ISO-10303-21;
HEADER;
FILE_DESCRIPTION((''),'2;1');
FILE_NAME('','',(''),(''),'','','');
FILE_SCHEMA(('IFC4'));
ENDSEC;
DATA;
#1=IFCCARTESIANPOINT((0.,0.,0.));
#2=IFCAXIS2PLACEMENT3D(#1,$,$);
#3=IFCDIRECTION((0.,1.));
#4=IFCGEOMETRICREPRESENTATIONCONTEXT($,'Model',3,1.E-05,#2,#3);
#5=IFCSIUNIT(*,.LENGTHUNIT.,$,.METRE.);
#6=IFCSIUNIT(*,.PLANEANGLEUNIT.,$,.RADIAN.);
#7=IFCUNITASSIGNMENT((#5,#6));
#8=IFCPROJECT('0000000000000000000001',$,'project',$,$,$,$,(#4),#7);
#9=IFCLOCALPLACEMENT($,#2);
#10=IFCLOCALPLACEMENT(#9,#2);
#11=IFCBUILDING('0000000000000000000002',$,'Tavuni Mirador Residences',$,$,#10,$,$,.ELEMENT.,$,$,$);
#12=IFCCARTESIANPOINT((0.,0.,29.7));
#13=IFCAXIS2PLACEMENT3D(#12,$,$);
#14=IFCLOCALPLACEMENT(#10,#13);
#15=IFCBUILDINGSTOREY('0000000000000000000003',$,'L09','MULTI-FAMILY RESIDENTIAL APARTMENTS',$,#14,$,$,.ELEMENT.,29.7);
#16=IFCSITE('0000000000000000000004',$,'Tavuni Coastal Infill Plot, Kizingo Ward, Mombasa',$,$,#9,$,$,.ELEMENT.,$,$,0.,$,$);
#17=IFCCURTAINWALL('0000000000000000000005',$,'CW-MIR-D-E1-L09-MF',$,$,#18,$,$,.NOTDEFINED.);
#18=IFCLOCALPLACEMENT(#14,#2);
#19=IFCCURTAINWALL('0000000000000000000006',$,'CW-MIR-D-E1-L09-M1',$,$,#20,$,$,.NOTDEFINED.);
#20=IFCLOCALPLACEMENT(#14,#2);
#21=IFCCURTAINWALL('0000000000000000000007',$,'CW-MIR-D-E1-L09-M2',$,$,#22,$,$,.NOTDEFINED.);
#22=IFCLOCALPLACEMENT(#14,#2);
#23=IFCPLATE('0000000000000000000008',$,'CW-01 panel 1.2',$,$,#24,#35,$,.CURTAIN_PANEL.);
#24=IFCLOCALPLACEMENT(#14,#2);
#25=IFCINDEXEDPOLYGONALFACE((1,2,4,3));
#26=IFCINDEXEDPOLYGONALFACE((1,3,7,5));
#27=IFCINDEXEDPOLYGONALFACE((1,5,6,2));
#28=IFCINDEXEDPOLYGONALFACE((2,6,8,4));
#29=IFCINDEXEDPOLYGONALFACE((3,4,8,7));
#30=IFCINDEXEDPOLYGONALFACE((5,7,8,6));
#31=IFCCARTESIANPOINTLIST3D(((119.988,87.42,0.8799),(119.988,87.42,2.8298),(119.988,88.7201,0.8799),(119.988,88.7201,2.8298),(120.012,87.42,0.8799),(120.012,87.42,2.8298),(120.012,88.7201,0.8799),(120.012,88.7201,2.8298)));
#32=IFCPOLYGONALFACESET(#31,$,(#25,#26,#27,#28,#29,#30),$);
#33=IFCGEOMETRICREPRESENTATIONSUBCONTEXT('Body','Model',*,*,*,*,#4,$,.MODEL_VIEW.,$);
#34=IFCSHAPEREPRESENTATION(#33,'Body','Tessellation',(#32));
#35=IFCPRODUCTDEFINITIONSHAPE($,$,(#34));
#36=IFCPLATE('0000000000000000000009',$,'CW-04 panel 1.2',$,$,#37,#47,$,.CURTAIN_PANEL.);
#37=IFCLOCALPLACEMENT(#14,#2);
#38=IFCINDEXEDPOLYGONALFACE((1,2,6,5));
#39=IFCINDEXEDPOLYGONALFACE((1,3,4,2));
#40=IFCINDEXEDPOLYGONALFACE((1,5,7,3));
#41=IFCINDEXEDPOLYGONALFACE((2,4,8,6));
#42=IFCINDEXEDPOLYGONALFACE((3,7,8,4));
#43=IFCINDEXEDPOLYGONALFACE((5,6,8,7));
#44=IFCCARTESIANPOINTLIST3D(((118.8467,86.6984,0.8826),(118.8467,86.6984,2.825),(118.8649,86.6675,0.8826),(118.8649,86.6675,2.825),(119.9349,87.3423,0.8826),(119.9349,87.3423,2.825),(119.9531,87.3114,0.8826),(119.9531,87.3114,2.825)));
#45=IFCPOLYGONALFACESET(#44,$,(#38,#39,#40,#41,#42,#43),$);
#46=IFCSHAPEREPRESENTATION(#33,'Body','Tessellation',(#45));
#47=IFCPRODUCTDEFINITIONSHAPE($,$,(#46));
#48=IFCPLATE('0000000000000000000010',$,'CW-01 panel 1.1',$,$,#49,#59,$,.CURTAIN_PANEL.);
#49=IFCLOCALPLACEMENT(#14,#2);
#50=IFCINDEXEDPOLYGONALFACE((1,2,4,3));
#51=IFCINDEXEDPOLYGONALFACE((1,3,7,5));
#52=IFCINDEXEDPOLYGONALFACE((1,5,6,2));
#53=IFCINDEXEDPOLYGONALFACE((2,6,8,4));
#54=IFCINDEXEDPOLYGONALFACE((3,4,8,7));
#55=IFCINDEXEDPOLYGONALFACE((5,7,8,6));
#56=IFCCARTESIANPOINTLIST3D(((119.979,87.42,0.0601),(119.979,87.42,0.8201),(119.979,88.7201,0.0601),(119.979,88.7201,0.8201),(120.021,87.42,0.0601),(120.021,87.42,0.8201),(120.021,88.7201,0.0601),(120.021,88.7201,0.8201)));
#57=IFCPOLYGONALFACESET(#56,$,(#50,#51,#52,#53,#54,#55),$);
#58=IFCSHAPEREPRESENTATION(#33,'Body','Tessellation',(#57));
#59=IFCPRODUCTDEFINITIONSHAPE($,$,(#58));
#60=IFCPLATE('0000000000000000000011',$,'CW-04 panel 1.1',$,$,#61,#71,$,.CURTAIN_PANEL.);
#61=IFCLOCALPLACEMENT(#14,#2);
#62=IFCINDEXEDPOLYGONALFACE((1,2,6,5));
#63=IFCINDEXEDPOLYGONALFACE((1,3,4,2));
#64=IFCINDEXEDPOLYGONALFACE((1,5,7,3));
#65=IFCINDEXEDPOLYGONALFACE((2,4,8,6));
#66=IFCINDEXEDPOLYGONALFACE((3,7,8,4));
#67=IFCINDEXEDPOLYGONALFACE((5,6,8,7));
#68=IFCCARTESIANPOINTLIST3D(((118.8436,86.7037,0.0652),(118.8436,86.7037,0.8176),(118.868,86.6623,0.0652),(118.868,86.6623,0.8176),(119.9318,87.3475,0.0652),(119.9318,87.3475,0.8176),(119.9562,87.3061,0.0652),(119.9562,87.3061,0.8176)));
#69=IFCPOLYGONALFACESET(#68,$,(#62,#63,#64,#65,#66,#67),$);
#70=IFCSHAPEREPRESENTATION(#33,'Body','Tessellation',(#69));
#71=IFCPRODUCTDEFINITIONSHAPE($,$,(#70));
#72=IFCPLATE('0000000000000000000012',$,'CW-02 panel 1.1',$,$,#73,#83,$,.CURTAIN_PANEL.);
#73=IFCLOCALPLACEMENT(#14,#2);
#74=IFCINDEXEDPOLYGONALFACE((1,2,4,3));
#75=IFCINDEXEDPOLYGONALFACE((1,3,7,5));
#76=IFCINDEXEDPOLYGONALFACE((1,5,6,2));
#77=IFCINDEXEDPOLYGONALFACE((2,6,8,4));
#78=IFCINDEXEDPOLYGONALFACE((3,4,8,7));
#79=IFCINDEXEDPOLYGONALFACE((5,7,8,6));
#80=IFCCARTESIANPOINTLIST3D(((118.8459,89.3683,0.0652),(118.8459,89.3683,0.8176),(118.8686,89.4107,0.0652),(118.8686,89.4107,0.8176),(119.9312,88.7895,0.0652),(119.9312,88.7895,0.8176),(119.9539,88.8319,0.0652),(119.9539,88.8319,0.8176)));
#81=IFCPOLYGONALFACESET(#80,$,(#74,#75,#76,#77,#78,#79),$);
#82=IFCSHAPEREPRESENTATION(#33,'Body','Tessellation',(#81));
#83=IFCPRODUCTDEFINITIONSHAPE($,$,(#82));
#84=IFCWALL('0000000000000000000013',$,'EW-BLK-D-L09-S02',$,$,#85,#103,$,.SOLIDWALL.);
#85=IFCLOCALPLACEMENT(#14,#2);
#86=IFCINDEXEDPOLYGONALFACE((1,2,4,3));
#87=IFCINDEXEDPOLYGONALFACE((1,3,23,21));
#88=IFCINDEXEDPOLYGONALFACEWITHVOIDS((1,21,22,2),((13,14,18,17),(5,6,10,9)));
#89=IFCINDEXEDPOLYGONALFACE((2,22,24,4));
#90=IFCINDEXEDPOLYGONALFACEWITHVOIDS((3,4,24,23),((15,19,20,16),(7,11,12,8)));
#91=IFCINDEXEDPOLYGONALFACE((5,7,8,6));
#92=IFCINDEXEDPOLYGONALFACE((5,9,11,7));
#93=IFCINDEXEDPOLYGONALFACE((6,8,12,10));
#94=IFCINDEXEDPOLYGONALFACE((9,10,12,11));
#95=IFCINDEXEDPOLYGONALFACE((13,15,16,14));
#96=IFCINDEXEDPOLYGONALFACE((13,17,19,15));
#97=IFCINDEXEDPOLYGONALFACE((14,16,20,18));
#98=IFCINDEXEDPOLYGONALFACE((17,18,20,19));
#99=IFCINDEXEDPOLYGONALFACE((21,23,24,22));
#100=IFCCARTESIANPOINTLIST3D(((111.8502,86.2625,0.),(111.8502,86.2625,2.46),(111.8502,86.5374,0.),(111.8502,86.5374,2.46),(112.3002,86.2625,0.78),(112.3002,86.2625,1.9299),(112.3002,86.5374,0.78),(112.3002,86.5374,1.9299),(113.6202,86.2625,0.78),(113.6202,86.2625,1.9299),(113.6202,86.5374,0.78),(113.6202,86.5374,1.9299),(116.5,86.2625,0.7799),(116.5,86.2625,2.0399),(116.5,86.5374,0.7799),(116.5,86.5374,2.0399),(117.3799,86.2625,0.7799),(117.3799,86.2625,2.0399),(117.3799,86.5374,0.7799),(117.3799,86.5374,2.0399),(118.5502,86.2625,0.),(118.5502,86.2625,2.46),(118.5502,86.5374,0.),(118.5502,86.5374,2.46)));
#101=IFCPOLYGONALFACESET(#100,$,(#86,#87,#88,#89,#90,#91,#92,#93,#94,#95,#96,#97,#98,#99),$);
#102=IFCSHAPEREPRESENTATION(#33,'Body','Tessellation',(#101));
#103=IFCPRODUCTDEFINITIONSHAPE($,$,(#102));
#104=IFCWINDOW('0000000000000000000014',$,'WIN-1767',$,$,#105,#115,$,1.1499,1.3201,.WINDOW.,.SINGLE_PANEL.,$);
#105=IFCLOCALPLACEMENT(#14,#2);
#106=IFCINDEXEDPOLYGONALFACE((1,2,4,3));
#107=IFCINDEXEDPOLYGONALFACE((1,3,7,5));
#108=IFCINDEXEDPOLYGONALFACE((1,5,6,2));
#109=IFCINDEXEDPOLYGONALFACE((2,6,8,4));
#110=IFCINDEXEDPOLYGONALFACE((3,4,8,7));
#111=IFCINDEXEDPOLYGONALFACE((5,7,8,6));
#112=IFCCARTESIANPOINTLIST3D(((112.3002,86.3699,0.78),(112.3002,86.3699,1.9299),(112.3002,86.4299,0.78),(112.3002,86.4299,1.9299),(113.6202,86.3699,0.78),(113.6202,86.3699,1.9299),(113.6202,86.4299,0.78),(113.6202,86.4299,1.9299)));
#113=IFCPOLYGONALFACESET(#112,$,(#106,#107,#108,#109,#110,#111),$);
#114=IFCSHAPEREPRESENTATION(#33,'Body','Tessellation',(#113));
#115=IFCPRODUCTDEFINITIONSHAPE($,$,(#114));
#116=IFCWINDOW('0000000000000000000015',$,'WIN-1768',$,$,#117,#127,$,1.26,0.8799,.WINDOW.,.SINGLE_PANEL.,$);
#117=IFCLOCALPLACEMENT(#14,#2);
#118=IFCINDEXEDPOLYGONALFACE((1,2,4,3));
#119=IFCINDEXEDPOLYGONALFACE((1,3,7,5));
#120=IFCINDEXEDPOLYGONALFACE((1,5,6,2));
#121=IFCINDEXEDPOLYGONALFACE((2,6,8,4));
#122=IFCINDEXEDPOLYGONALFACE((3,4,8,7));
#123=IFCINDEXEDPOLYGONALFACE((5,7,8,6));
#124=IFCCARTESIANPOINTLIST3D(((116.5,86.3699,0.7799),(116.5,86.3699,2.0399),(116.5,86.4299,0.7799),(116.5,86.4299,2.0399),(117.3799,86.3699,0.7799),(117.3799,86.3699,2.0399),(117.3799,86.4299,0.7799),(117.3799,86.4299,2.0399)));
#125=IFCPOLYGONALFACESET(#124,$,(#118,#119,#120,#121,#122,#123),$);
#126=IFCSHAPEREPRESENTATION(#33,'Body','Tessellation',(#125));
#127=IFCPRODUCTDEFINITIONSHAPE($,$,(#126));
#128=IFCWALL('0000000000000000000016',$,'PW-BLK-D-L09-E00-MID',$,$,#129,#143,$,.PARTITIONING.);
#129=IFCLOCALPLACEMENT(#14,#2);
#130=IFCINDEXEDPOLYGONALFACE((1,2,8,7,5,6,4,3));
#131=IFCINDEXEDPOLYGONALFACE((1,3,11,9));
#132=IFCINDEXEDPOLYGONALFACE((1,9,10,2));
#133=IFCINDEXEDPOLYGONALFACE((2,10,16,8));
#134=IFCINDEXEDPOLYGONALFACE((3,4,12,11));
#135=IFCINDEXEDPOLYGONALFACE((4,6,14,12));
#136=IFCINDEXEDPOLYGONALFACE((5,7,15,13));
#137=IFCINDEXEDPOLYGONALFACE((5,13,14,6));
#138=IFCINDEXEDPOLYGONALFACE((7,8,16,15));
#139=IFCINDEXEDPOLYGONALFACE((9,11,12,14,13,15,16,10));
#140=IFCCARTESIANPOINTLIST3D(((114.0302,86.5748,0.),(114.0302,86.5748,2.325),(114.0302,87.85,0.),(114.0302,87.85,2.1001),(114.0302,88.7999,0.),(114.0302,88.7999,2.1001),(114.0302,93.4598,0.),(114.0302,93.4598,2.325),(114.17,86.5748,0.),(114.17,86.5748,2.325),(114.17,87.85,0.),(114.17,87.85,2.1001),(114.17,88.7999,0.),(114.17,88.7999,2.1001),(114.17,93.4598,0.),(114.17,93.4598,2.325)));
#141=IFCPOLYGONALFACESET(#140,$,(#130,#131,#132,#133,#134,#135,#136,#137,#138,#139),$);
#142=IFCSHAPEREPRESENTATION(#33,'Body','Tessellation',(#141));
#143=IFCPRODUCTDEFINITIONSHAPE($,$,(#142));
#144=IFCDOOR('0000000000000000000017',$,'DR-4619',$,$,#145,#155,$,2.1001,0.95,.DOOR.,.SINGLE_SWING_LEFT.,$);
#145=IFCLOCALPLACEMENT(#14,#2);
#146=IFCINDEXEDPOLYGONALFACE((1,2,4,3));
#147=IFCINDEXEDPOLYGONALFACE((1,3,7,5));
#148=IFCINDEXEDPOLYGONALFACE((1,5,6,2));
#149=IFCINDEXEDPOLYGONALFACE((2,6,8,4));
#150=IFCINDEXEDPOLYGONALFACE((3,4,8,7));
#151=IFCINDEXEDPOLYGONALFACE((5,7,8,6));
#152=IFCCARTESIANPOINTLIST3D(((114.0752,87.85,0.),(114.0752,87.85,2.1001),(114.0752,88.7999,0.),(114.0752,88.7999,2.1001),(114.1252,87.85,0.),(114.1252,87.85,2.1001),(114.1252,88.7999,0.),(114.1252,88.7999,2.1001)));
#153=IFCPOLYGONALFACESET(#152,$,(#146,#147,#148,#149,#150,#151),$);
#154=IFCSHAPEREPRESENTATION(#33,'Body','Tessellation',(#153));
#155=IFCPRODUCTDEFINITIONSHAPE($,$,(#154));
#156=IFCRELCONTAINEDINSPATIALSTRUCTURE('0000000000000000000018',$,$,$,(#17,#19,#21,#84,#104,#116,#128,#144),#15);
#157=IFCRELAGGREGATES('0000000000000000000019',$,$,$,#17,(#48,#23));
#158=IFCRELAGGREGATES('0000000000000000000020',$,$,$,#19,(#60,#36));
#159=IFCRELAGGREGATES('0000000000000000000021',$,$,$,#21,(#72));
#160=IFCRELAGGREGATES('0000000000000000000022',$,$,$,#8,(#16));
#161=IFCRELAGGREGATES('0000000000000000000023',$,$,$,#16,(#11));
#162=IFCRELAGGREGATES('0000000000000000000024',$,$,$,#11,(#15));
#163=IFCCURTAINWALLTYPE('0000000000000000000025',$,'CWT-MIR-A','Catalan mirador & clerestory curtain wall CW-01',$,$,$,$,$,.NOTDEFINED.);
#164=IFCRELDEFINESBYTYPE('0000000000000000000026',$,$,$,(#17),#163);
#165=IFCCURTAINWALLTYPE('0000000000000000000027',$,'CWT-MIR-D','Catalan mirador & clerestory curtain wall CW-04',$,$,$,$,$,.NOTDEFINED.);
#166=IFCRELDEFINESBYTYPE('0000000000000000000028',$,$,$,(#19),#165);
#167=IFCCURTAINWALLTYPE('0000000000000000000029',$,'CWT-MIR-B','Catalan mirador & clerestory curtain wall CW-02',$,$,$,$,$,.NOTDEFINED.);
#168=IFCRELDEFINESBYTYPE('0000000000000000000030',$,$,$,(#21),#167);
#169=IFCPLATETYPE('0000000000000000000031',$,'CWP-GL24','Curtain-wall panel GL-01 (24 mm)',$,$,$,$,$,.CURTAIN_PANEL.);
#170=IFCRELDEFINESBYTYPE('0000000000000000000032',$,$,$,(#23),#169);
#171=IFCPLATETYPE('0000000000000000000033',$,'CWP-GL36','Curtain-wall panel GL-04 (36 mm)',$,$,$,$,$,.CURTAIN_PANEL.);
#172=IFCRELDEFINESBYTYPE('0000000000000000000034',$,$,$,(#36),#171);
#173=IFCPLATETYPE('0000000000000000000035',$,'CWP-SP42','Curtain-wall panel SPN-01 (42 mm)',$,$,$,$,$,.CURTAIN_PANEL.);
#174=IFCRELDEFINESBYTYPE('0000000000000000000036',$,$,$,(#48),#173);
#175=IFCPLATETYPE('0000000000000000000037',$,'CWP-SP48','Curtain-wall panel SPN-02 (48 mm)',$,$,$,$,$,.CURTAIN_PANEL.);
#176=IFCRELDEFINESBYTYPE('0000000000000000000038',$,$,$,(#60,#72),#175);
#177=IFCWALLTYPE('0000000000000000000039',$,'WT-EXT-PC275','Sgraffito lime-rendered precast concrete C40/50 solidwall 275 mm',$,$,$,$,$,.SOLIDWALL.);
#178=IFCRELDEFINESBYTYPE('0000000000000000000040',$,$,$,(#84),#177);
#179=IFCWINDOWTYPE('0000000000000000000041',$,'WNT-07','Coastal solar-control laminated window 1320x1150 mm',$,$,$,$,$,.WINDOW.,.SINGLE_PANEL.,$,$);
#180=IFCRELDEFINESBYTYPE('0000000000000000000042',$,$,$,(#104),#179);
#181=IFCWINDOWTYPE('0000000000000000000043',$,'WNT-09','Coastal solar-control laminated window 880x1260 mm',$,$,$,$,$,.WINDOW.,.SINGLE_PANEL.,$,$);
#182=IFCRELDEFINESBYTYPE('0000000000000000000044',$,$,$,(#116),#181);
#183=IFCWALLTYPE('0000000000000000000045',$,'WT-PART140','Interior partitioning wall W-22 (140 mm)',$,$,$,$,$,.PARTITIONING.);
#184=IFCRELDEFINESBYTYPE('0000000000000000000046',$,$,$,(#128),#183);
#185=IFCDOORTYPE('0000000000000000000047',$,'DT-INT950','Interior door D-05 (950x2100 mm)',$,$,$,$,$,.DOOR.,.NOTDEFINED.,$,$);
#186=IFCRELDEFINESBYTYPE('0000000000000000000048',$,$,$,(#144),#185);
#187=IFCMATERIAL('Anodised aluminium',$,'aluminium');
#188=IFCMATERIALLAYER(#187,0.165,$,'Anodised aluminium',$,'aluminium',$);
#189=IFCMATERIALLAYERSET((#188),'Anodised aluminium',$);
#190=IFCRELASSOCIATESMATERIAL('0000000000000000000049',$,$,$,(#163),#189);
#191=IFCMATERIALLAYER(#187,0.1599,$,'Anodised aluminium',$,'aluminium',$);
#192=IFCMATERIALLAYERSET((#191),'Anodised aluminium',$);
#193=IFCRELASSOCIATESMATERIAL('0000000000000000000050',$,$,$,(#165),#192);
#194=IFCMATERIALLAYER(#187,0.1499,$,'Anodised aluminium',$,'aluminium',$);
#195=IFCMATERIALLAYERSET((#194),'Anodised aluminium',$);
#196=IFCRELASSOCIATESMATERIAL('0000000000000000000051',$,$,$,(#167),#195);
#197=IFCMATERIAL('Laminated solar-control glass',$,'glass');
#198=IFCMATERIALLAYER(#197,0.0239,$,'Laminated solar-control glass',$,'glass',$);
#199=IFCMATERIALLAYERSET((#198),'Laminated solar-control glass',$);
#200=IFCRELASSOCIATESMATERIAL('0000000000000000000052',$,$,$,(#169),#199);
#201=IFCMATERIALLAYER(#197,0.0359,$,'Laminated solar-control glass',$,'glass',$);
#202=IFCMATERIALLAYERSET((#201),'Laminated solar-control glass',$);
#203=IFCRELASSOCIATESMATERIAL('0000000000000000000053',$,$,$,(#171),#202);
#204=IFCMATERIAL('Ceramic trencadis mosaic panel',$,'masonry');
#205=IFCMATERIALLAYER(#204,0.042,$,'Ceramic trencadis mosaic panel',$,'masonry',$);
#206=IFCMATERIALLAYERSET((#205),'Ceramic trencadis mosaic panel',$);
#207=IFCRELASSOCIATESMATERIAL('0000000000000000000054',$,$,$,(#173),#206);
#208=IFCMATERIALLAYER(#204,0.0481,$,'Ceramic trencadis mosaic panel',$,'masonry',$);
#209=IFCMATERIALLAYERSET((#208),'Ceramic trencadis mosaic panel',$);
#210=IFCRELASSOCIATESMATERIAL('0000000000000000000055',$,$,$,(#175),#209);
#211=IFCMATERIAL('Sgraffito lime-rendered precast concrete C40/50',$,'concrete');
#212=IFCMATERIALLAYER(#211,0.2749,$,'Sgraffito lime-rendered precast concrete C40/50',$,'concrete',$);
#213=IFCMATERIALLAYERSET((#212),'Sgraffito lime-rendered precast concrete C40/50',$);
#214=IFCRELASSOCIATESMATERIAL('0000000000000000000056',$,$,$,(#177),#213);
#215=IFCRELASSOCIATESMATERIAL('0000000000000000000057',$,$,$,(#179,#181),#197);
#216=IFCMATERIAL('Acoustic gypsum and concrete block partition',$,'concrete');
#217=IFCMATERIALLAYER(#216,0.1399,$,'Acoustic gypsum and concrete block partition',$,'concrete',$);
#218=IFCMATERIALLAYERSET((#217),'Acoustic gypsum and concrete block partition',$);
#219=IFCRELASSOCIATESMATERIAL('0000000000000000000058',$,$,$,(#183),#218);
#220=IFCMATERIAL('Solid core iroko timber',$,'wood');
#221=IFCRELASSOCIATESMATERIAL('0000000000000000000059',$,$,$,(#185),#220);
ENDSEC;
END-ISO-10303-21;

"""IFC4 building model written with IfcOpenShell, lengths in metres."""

from ifc_helpers import new_model, si_unit, direction, frame, frame_2d, origin, origin_2d, place, context, subcontext, project, spatial, rectangle, extrude, material, layer, layer_set, type_object, element, fill, aggregate, save


model = new_model("IFC4")

# Units and contexts
model_context = context("Model", 3, precision=1e-05, world=origin(), true_north=direction((0.0, 1.0)))
body_context = subcontext(model_context, "Body", "Model", "MODEL_VIEW")
ifc_project = project(units=[si_unit("LENGTHUNIT", "METRE"), si_unit("PLANEANGLEUNIT", "RADIAN")], contexts=[model_context])

# Site, building, storey
site_placement = place(None, origin())
site = spatial("IfcSite", under=ifc_project, at=site_placement, Name="Tavuni Coastal Infill Plot, Kizingo Ward, Mombasa", CompositionType="ELEMENT", RefElevation=0.0)
building_placement = place(site_placement, origin())
building = spatial("IfcBuilding", under=site, at=building_placement, Name="Tavuni Mirador Residences", CompositionType="ELEMENT")
storey_placement = place(building_placement, frame((0.0, 0.0, 29.7)))
storey = spatial("IfcBuildingStorey", under=building, at=storey_placement, Name="L09", Description="MULTI-FAMILY RESIDENTIAL APARTMENTS", CompositionType="ELEMENT", Elevation=29.7)

# Curtain walls
ifc_material_1 = material(Name="Anodised aluminium", Category="aluminium")
ifc_layer_1 = layer(ifc_material_1, 0.165, Name="Anodised aluminium", Category="aluminium")
ifc_layer_set_1 = layer_set([ifc_layer_1], Name="Anodised aluminium")
curtain_wall_type_1 = type_object("IfcCurtainWallType", Name="CWT-MIR-A", Description="Catalan mirador & clerestory curtain wall CW-01", PredefinedType="NOTDEFINED", material=ifc_layer_set_1)
curtain_wall_1_placement = place(storey_placement, origin())
curtain_wall_1 = element("IfcCurtainWall", 1, at=curtain_wall_1_placement, inside=storey, type_object=curtain_wall_type_1, Name="CW-MIR-D-E1-L09-MF", PredefinedType="NOTDEFINED")
ifc_layer_2 = layer(ifc_material_1, 0.1599, Name="Anodised aluminium", Category="aluminium")
ifc_layer_set_2 = layer_set([ifc_layer_2], Name="Anodised aluminium")
curtain_wall_type_2 = type_object("IfcCurtainWallType", Name="CWT-MIR-D", Description="Catalan mirador & clerestory curtain wall CW-04", PredefinedType="NOTDEFINED", material=ifc_layer_set_2)
curtain_wall_2_placement = place(storey_placement, origin())
curtain_wall_2 = element("IfcCurtainWall", 2, at=curtain_wall_2_placement, inside=storey, type_object=curtain_wall_type_2, Name="CW-MIR-D-E1-L09-M1", PredefinedType="NOTDEFINED")

# Curtain wall
ifc_layer_3 = layer(ifc_material_1, 0.1499, Name="Anodised aluminium", Category="aluminium")
ifc_layer_set_3 = layer_set([ifc_layer_3], Name="Anodised aluminium")
curtain_wall_type_3 = type_object("IfcCurtainWallType", Name="CWT-MIR-B", Description="Catalan mirador & clerestory curtain wall CW-02", PredefinedType="NOTDEFINED", material=ifc_layer_set_3)
curtain_wall_3_placement = place(storey_placement, origin())
curtain_wall_3 = element("IfcCurtainWall", 3, at=curtain_wall_3_placement, inside=storey, type_object=curtain_wall_type_3, Name="CW-MIR-D-E1-L09-M2", PredefinedType="NOTDEFINED")

# Plates
ifc_material_2 = material(Name="Laminated solar-control glass", Category="glass")
ifc_layer_4 = layer(ifc_material_2, 0.0239, Name="Laminated solar-control glass", Category="glass")
ifc_layer_set_4 = layer_set([ifc_layer_4], Name="Laminated solar-control glass")
plate_type_1 = type_object("IfcPlateType", Name="CWP-GL24", Description="Curtain-wall panel GL-01 (24 mm)", PredefinedType="CURTAIN_PANEL", material=ifc_layer_set_4)
plate_1_placement = place(storey_placement, frame((120.0, 88.0701, 0.8799), z_axis=(0.0, 0.0, 1.0), x_axis=(0.0, 1.0, 0.0)))
plate_1 = element("IfcPlate", 4, at=plate_1_placement, type_object=plate_type_1, Name="CW-01 panel 1.2", PredefinedType="CURTAIN_PANEL", context=body_context, shape_type="SweptSolid", body=[
    extrude(rectangle(XDim=1.3, YDim=0.0239, at=origin_2d()), origin(), (0.0, 0.0, 1.0), 1.95),
])
ifc_layer_5 = layer(ifc_material_2, 0.0359, Name="Laminated solar-control glass", Category="glass")
ifc_layer_set_5 = layer_set([ifc_layer_5], Name="Laminated solar-control glass")
plate_type_2 = type_object("IfcPlateType", Name="CWP-GL36", Description="Curtain-wall panel GL-04 (36 mm)", PredefinedType="CURTAIN_PANEL", material=ifc_layer_set_5)
plate_2_placement = place(storey_placement, frame((119.3999, 87.0049, 0.8826), z_axis=(0.0, 0.0, 1.0), x_axis=(0.860641, 0.509212, 0.0)))
plate_2 = element("IfcPlate", 5, at=plate_2_placement, type_object=plate_type_2, Name="CW-04 panel 1.2", PredefinedType="CURTAIN_PANEL", context=body_context, shape_type="SweptSolid", body=[
    extrude(rectangle(XDim=1.2644, YDim=0.0359, at=origin_2d()), origin(), (0.0, 0.0, 1.0), 1.9424),
])
ifc_material_3 = material(Name="Ceramic trencadis mosaic panel", Category="masonry")
ifc_layer_6 = layer(ifc_material_3, 0.042, Name="Ceramic trencadis mosaic panel", Category="masonry")
ifc_layer_set_6 = layer_set([ifc_layer_6], Name="Ceramic trencadis mosaic panel")
plate_type_3 = type_object("IfcPlateType", Name="CWP-SP42", Description="Curtain-wall panel SPN-01 (42 mm)", PredefinedType="CURTAIN_PANEL", material=ifc_layer_set_6)
plate_3_placement = place(storey_placement, frame((120.0, 88.0701, 0.0601), z_axis=(0.0, 0.0, 1.0), x_axis=(0.0, 1.0, 0.0)))
plate_3 = element("IfcPlate", 6, at=plate_3_placement, type_object=plate_type_3, Name="CW-01 panel 1.1", PredefinedType="CURTAIN_PANEL", context=body_context, shape_type="SweptSolid", body=[
    extrude(rectangle(XDim=1.3, YDim=0.042, at=origin_2d()), origin(), (0.0, 0.0, 1.0), 0.76),
])
aggregate(curtain_wall_1, [plate_3, plate_1])
ifc_layer_7 = layer(ifc_material_3, 0.0481, Name="Ceramic trencadis mosaic panel", Category="masonry")
ifc_layer_set_7 = layer_set([ifc_layer_7], Name="Ceramic trencadis mosaic panel")
plate_type_4 = type_object("IfcPlateType", Name="CWP-SP48", Description="Curtain-wall panel SPN-02 (48 mm)", PredefinedType="CURTAIN_PANEL", material=ifc_layer_set_7)
plate_4_placement = place(storey_placement, frame((119.3999, 87.0049, 0.0652), z_axis=(0.0, 0.0, 1.0), x_axis=(0.860641, 0.509212, 0.0)))
plate_4 = element("IfcPlate", 7, at=plate_4_placement, type_object=plate_type_4, Name="CW-04 panel 1.1", PredefinedType="CURTAIN_PANEL", context=body_context, shape_type="SweptSolid", body=[
    extrude(rectangle(XDim=1.2644, YDim=0.0481, at=origin_2d()), origin(), (0.0, 0.0, 1.0), 0.7524),
])
aggregate(curtain_wall_2, [plate_4, plate_2])
plate_5_placement = place(storey_placement, frame((119.3999, 89.1001, 0.0652), z_axis=(0.0, 0.0, 1.0), x_axis=(-0.882353, 0.470588, 0.0)))
plate_5 = element("IfcPlate", 8, at=plate_5_placement, type_object=plate_type_4, Name="CW-02 panel 1.1", PredefinedType="CURTAIN_PANEL", context=body_context, shape_type="SweptSolid", body=[
    extrude(rectangle(XDim=1.23, YDim=0.0481, at=origin_2d()), origin(), (0.0, 0.0, 1.0), 0.7524),
])
aggregate(curtain_wall_3, [plate_5])

# Shared definitions
ifc_material_4 = material(Name="Solid core iroko timber", Category="wood")

# Wall, openings, windows
ifc_material_5 = material(Name="Sgraffito lime-rendered precast concrete C40/50", Category="concrete")
ifc_layer_8 = layer(ifc_material_5, 0.2749, Name="Sgraffito lime-rendered precast concrete C40/50", Category="concrete")
ifc_layer_set_8 = layer_set([ifc_layer_8], Name="Sgraffito lime-rendered precast concrete C40/50")
wall_type_1 = type_object("IfcWallType", Name="WT-EXT-PC275", Description="Sgraffito lime-rendered precast concrete C40/50 solidwall 275 mm", PredefinedType="SOLIDWALL", material=ifc_layer_set_8)
wall_1_placement = place(storey_placement, frame((111.8501, 86.3999, 0.0), z_axis=(0.0, 0.0, 1.0), x_axis=(1.0, 0.0, 0.0)))
wall_1 = element("IfcWall", 9, at=wall_1_placement, inside=storey, type_object=wall_type_1, Name="EW-BLK-D-L09-S02", PredefinedType="SOLIDWALL", context=body_context, shape_type="SweptSolid", body=[
    extrude(rectangle(XDim=6.7, YDim=0.2749, at=frame_2d((3.3501, 0.0))), origin(), (0.0, 0.0, 1.0), 2.46),
])
opening_1_placement = place(wall_1_placement, frame((0.45, 0.0, 0.78)))
opening_1 = element("IfcOpeningElement", 10, at=opening_1_placement, cuts=wall_1, PredefinedType="OPENING", context=body_context, shape_type="SweptSolid", body=[
    extrude(rectangle(XDim=1.3201, YDim=1.1499, at=frame_2d((0.6602, 0.575))), frame((0.0, 0.1475, 0.0), z_axis=(0.0, -1.0, 0.0), x_axis=(1.0, 0.0, 0.0)), (0.0, 0.0, 1.0), 0.2949),
])
opening_2_placement = place(wall_1_placement, frame((4.6499, 0.0, 0.78)))
opening_2 = element("IfcOpeningElement", 11, at=opening_2_placement, cuts=wall_1, PredefinedType="OPENING", context=body_context, shape_type="SweptSolid", body=[
    extrude(rectangle(XDim=0.8799, YDim=1.26, at=frame_2d((0.4399, 0.6299))), frame((0.0, 0.1475, 0.0), z_axis=(0.0, -1.0, 0.0), x_axis=(1.0, 0.0, 0.0)), (0.0, 0.0, 1.0), 0.2949),
])
window_type_1 = type_object("IfcWindowType", Name="WNT-07", Description="Coastal solar-control laminated window 1320x1150 mm", PartitioningType="SINGLE_PANEL", PredefinedType="WINDOW", material=ifc_material_2)
window_1_placement = place(opening_1_placement, origin())
window_1 = element("IfcWindow", 12, at=window_1_placement, inside=storey, type_object=window_type_1, Name="WIN-1767", OverallHeight=1.1499, OverallWidth=1.3201, PartitioningType="SINGLE_PANEL", PredefinedType="WINDOW", context=body_context, shape_type="SweptSolid", body=[
    extrude(rectangle(XDim=1.3201, YDim=1.1499, at=frame_2d((0.6602, 0.575))), frame((0.0, 0.03, 0.0), z_axis=(0.0, -1.0, 0.0), x_axis=(1.0, 0.0, 0.0)), (0.0, 0.0, 1.0), 0.0601),
])
fill(opening_1, window_1)
window_type_2 = type_object("IfcWindowType", Name="WNT-09", Description="Coastal solar-control laminated window 880x1260 mm", PartitioningType="SINGLE_PANEL", PredefinedType="WINDOW", material=ifc_material_2)
window_2_placement = place(opening_2_placement, origin())
window_2 = element("IfcWindow", 13, at=window_2_placement, inside=storey, type_object=window_type_2, Name="WIN-1768", OverallHeight=1.26, OverallWidth=0.8799, PartitioningType="SINGLE_PANEL", PredefinedType="WINDOW", context=body_context, shape_type="SweptSolid", body=[
    extrude(rectangle(XDim=0.8799, YDim=1.26, at=frame_2d((0.4399, 0.6299))), frame((0.0, 0.03, 0.0), z_axis=(0.0, -1.0, 0.0), x_axis=(1.0, 0.0, 0.0)), (0.0, 0.0, 1.0), 0.0601),
])
fill(opening_2, window_2)

# Wall, opening, door
ifc_material_6 = material(Name="Acoustic gypsum and concrete block partition", Category="concrete")
ifc_layer_9 = layer(ifc_material_6, 0.1399, Name="Acoustic gypsum and concrete block partition", Category="concrete")
ifc_layer_set_9 = layer_set([ifc_layer_9], Name="Acoustic gypsum and concrete block partition")
wall_type_2 = type_object("IfcWallType", Name="WT-PART140", Description="Interior partitioning wall W-22 (140 mm)", PredefinedType="PARTITIONING", material=ifc_layer_set_9)
wall_2_placement = place(storey_placement, frame((114.1001, 86.575, 0.0), z_axis=(0.0, 0.0, 1.0), x_axis=(0.0, 1.0, 0.0)))
wall_2 = element("IfcWall", 14, at=wall_2_placement, inside=storey, type_object=wall_type_2, Name="PW-BLK-D-L09-E00-MID", PredefinedType="PARTITIONING", context=body_context, shape_type="SweptSolid", body=[
    extrude(rectangle(XDim=6.885, YDim=0.1399, at=frame_2d((3.4424, 0.0))), origin(), (0.0, 0.0, 1.0), 2.325),
])
opening_3_placement = place(wall_2_placement, frame((1.2749, 0.0, 0.0)))
opening_3 = element("IfcOpeningElement", 15, at=opening_3_placement, cuts=wall_2, PredefinedType="OPENING", context=body_context, shape_type="SweptSolid", body=[
    extrude(rectangle(XDim=0.95, YDim=2.1001, at=frame_2d((0.4751, 1.05))), frame((0.0, 0.0801, 0.0), z_axis=(0.0, -1.0, 0.0), x_axis=(1.0, 0.0, 0.0)), (0.0, 0.0, 1.0), 0.1599),
])
door_type_1 = type_object("IfcDoorType", Name="DT-INT950", Description="Interior door D-05 (950x2100 mm)", OperationType="NOTDEFINED", PredefinedType="DOOR", material=ifc_material_4)
door_1_placement = place(opening_3_placement, origin())
door_1 = element("IfcDoor", 16, at=door_1_placement, inside=storey, type_object=door_type_1, Name="DR-4619", OperationType="SINGLE_SWING_LEFT", OverallHeight=2.1001, OverallWidth=0.95, PredefinedType="DOOR", context=body_context, shape_type="SweptSolid", body=[
    extrude(rectangle(XDim=0.95, YDim=2.1001, at=frame_2d((0.4751, 1.05))), frame((0.0, 0.0249, 0.0), z_axis=(0.0, -1.0, 0.0), x_axis=(1.0, 0.0, 0.0)), (0.0, 0.0, 1.0), 0.05),
])
fill(opening_3, door_1)

save(model, "model.ifc")
